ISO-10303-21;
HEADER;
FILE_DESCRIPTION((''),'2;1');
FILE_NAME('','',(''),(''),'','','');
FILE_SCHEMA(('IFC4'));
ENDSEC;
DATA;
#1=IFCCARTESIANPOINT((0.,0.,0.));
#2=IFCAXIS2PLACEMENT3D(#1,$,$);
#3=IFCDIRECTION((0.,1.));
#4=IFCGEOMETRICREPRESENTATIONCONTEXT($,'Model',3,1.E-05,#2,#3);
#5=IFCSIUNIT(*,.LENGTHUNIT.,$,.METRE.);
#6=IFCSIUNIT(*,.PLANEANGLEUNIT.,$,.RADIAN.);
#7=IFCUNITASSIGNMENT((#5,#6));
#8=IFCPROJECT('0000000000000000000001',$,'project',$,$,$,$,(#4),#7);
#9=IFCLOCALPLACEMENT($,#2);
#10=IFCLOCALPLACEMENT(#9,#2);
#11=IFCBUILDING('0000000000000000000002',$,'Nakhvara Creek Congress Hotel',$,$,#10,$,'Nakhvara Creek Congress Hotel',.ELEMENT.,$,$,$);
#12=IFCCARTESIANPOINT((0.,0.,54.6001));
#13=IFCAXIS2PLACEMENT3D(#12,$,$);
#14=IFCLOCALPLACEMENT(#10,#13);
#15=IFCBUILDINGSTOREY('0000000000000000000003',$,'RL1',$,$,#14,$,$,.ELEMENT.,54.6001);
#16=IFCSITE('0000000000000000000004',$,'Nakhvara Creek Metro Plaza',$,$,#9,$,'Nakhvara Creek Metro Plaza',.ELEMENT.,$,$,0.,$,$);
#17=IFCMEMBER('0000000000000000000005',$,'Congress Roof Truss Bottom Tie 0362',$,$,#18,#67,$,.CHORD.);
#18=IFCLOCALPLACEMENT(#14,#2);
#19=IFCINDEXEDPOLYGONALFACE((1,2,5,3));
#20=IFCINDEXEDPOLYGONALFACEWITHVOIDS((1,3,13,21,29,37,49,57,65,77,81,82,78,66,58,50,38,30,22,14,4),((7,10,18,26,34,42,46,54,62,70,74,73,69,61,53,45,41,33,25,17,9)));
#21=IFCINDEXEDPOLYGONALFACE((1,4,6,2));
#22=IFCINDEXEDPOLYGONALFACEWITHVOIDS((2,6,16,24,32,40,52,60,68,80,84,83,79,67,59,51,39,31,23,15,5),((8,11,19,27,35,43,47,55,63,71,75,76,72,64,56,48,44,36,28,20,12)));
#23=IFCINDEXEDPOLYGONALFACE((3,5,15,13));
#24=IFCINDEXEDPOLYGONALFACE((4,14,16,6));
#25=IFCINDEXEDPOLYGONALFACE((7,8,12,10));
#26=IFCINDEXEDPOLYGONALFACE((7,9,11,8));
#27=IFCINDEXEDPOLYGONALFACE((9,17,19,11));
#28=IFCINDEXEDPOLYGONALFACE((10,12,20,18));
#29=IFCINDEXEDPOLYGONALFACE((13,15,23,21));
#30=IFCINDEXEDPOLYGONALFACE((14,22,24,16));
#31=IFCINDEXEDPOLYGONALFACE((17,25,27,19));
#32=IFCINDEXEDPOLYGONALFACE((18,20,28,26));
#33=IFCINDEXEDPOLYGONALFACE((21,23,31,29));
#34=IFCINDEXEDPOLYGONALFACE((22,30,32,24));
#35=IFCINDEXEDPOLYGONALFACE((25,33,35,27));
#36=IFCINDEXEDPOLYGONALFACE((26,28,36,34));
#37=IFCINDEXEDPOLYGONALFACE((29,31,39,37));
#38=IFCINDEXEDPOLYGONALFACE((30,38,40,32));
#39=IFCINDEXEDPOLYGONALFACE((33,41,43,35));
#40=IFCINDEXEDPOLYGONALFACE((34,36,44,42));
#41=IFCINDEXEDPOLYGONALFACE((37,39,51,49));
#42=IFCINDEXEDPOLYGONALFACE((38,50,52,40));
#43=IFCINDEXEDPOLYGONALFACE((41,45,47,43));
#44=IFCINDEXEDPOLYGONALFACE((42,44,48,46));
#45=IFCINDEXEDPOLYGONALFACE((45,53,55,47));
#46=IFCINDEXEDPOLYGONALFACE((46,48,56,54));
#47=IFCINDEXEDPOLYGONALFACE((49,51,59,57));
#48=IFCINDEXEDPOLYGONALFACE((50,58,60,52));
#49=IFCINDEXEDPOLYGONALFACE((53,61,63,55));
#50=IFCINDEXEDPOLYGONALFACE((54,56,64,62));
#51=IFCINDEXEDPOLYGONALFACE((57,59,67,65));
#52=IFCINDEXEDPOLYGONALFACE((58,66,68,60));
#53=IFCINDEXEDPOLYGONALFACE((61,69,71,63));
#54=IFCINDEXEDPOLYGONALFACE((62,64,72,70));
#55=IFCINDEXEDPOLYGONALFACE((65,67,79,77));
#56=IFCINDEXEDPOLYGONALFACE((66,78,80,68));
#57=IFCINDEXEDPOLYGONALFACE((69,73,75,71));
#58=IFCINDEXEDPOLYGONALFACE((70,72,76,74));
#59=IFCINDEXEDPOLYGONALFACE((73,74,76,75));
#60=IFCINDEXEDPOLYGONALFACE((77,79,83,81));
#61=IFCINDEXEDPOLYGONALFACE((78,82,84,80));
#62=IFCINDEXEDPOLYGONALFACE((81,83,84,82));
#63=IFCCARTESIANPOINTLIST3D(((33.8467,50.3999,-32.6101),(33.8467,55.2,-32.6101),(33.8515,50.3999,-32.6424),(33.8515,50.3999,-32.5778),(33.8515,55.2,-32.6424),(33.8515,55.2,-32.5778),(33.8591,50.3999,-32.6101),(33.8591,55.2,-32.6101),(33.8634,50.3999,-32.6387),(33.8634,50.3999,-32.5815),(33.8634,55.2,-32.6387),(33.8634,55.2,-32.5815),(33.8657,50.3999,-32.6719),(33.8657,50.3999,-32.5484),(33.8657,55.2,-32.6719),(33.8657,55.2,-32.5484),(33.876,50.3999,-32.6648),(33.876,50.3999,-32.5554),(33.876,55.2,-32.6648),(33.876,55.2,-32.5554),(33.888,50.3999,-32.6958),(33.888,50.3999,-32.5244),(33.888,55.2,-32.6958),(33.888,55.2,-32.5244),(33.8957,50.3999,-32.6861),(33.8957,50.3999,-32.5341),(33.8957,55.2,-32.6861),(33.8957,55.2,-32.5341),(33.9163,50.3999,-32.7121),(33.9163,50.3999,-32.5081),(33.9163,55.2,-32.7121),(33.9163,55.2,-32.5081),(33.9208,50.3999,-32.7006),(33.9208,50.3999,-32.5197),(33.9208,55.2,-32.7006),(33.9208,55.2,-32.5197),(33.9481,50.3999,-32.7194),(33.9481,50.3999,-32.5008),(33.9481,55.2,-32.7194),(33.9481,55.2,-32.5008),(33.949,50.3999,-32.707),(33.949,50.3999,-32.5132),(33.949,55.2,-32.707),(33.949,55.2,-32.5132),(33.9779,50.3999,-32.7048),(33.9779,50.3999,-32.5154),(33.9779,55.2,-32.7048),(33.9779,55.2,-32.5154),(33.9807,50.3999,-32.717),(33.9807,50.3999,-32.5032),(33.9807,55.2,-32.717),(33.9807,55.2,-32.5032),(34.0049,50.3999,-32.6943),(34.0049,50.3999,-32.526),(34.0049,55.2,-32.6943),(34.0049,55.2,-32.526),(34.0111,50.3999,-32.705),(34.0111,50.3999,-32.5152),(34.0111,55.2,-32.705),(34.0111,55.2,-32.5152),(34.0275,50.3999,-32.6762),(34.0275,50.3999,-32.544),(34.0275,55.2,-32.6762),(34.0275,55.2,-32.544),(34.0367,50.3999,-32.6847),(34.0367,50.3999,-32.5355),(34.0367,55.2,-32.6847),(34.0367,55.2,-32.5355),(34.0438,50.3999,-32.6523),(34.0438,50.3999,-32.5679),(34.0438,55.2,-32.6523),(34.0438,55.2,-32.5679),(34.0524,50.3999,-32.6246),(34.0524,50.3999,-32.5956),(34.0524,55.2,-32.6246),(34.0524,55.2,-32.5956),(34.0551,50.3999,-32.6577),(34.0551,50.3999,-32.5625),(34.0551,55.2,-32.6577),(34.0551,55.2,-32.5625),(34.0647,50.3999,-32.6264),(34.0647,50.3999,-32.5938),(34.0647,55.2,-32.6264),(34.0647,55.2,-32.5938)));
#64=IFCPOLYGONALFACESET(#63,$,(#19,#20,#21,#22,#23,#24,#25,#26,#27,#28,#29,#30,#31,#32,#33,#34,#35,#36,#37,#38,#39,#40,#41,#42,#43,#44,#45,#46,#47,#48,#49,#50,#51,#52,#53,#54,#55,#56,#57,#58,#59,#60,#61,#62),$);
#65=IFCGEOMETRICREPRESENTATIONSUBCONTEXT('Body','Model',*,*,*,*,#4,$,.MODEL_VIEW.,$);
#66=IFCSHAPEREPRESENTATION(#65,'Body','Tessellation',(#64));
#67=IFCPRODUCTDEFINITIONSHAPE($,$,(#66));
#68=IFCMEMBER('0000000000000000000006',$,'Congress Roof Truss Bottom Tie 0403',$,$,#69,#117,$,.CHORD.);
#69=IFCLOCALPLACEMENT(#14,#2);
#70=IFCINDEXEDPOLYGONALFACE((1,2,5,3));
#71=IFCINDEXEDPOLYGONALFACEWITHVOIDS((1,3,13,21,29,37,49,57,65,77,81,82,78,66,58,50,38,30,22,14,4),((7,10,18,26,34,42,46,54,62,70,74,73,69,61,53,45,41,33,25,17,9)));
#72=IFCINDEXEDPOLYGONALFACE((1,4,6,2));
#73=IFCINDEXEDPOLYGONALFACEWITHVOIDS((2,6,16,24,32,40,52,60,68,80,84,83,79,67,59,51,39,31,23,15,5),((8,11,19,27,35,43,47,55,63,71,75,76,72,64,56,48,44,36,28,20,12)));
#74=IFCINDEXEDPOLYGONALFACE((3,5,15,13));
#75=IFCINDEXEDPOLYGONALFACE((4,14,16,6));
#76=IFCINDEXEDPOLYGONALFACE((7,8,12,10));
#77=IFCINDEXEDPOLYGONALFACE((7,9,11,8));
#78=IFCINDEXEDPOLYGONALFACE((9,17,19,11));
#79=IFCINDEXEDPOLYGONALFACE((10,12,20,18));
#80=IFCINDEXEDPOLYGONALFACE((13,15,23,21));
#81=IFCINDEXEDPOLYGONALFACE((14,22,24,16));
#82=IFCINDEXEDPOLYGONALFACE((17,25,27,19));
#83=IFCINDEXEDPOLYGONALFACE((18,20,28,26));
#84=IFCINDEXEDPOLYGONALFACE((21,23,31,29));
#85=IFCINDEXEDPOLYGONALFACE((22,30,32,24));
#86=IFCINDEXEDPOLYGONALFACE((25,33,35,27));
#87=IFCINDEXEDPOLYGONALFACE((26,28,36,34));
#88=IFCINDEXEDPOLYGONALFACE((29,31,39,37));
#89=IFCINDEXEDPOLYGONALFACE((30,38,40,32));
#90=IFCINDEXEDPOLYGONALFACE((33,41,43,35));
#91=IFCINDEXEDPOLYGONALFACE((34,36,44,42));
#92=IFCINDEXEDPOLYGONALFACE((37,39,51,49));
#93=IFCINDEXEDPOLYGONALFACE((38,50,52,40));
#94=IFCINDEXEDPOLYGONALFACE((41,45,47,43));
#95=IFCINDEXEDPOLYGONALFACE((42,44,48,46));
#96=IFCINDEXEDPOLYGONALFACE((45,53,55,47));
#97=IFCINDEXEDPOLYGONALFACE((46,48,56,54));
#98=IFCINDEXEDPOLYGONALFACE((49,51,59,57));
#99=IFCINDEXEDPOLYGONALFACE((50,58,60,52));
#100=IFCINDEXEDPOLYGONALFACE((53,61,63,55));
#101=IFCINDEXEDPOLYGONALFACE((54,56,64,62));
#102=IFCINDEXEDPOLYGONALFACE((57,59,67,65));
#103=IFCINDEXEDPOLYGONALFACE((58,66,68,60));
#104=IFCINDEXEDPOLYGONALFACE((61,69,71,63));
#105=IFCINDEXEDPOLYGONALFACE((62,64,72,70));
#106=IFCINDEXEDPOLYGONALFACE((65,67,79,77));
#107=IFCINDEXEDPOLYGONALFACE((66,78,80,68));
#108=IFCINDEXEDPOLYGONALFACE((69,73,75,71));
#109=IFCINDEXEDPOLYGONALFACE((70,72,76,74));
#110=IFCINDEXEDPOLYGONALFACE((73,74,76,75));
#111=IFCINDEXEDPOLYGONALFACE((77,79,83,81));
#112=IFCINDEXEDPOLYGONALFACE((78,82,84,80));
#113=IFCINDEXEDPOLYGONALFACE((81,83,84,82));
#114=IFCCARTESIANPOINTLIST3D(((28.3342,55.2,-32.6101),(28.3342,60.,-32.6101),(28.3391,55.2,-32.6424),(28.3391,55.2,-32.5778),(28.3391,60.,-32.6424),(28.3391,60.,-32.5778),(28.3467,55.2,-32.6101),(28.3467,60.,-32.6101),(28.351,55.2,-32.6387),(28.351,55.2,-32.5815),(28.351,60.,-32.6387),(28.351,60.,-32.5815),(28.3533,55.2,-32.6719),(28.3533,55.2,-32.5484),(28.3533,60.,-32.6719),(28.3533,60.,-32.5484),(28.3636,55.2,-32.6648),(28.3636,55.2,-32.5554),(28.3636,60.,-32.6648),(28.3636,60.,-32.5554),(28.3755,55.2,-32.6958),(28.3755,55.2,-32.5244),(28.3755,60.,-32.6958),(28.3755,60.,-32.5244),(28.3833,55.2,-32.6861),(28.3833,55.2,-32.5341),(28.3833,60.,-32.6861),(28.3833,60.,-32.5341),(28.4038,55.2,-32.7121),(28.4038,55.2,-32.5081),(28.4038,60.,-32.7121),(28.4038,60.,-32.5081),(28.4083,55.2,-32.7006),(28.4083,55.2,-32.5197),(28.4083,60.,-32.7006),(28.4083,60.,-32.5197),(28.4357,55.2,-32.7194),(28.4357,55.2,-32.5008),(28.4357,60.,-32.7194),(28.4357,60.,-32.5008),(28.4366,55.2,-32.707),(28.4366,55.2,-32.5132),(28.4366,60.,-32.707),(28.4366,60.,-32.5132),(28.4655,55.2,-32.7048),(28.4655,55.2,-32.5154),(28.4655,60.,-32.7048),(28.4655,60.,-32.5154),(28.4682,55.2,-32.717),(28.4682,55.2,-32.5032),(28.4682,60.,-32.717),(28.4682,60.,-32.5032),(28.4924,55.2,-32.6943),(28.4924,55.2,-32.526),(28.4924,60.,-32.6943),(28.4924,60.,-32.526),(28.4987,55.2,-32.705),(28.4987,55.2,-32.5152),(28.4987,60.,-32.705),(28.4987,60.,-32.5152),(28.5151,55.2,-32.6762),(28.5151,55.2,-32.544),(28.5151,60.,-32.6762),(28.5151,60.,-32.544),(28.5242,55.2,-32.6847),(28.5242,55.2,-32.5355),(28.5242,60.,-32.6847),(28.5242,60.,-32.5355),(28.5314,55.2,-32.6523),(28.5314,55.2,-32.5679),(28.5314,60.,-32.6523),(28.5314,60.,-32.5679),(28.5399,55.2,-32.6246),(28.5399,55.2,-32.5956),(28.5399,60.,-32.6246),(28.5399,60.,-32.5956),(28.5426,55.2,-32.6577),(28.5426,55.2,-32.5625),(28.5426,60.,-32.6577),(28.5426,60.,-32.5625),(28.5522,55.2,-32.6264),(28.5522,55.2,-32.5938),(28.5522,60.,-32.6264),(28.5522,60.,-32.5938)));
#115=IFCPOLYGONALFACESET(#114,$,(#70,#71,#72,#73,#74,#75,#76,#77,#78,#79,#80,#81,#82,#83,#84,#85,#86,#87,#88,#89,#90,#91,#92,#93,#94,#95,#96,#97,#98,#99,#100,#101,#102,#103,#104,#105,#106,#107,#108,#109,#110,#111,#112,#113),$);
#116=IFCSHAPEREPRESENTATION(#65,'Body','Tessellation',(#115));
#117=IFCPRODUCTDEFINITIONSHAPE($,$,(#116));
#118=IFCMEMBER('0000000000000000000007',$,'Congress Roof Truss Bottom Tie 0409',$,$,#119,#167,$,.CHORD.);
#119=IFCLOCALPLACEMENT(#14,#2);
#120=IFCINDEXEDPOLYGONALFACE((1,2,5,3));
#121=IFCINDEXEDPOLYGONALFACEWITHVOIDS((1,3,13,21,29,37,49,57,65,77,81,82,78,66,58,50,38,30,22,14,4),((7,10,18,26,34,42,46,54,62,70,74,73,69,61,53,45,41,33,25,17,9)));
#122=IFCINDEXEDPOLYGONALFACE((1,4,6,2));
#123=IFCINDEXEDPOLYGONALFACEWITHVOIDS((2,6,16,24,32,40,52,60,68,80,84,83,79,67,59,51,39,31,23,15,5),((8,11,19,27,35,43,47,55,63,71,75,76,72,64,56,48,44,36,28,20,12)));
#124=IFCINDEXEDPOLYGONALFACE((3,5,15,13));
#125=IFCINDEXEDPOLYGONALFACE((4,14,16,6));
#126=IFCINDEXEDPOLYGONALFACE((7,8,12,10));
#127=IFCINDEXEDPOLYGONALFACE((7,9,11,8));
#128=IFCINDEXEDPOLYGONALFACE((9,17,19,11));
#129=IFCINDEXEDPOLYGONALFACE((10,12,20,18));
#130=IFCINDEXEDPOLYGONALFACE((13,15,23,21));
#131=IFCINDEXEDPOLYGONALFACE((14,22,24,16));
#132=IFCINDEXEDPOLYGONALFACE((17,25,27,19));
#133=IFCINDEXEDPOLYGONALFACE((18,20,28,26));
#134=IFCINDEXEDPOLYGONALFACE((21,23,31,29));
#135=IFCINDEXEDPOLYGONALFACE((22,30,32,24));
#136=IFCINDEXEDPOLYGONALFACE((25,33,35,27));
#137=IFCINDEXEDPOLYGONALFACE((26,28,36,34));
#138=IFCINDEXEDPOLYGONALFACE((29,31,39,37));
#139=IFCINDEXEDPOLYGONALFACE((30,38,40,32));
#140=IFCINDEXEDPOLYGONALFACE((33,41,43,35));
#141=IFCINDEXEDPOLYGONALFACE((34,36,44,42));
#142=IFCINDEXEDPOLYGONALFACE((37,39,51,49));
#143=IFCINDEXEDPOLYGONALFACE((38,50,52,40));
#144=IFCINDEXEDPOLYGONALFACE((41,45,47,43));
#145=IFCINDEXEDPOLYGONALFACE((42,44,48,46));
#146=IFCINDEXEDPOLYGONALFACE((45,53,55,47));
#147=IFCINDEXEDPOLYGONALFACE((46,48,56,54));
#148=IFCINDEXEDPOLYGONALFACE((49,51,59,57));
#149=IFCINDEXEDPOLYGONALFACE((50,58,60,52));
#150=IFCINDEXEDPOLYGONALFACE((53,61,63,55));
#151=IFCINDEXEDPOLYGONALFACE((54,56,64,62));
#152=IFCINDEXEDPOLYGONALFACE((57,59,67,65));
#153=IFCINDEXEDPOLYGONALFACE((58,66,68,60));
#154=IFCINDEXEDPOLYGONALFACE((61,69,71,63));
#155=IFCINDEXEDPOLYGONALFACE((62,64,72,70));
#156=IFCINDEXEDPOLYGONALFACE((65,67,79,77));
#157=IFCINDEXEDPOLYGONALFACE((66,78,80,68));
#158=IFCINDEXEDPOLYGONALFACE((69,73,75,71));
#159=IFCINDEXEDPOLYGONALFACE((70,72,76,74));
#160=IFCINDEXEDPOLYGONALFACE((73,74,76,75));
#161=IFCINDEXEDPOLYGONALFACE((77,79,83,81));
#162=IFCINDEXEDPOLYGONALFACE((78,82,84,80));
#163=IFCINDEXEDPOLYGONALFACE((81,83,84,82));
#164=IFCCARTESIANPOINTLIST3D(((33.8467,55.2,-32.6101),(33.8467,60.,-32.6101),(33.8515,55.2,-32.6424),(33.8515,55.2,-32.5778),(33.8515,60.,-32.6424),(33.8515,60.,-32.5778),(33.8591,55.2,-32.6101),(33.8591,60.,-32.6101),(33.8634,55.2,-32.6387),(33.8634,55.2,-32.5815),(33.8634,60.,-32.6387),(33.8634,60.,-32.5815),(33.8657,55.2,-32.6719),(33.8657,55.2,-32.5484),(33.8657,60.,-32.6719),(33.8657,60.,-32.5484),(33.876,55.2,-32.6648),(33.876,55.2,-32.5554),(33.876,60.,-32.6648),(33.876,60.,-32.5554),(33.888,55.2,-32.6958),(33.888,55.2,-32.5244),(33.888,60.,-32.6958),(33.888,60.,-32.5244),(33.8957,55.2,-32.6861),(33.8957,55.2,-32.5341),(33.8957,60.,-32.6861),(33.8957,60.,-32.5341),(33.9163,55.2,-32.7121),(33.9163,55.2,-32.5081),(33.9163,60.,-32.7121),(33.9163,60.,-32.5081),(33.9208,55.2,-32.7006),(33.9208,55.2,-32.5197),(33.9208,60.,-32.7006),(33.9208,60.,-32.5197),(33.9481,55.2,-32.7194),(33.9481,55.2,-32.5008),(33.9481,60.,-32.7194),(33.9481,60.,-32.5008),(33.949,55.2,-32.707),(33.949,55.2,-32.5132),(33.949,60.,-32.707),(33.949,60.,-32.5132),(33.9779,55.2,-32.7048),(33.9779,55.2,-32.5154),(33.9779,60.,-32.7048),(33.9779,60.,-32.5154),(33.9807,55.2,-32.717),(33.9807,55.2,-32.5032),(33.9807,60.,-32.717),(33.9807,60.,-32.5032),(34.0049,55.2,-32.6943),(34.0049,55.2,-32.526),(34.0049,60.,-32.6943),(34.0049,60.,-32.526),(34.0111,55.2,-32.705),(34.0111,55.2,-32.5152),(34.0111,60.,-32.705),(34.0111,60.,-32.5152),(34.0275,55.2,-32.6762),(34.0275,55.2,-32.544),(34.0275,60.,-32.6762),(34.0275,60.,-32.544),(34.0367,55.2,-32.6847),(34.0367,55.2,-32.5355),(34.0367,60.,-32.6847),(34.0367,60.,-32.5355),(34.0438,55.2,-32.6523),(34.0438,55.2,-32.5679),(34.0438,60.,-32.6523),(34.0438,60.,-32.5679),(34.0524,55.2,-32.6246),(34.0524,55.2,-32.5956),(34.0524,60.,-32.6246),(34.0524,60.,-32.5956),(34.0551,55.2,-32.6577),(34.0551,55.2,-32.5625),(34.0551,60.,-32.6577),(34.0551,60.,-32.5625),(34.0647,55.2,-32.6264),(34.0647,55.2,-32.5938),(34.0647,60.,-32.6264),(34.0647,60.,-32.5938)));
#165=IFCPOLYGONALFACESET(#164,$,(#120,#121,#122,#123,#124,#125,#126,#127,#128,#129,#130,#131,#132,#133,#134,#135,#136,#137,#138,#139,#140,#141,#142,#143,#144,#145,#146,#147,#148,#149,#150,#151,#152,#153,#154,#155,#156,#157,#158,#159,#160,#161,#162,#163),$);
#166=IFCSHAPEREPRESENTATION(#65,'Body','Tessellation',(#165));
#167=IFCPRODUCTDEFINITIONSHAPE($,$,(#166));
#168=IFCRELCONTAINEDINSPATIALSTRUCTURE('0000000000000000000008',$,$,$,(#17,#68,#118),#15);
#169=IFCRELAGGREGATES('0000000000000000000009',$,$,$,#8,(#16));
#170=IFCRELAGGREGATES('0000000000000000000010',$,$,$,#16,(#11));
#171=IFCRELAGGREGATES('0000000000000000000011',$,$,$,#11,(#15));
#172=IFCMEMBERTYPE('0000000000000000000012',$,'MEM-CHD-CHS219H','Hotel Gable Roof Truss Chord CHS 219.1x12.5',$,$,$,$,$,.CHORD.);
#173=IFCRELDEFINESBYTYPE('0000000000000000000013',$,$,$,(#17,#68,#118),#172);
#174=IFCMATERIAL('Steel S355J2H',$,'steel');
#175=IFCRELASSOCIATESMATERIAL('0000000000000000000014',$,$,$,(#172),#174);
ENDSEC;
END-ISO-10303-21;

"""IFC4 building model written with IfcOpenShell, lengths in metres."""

from ifc_helpers import new_model, si_unit, direction, frame, origin, origin_2d, place, context, subcontext, project, spatial, hollow_circle, extrude, material, material_profile, profile_set, type_object, element, save


model = new_model("IFC4")

# Units and contexts
model_context = context("Model", 3, precision=1e-05, world=origin(), true_north=direction((0.0, 1.0)))
body_context = subcontext(model_context, "Body", "Model", "MODEL_VIEW")
ifc_project = project(units=[si_unit("LENGTHUNIT", "METRE"), si_unit("PLANEANGLEUNIT", "RADIAN")], contexts=[model_context])

# Site, building, storey
site_placement = place(None, origin())
site = spatial("IfcSite", under=ifc_project, at=site_placement, Name="Nakhvara Creek Metro Plaza", LongName="Nakhvara Creek Metro Plaza", CompositionType="ELEMENT", RefElevation=0.0)
building_placement = place(site_placement, origin())
building = spatial("IfcBuilding", under=site, at=building_placement, Name="Nakhvara Creek Congress Hotel", LongName="Nakhvara Creek Congress Hotel", CompositionType="ELEMENT")
storey_placement = place(building_placement, frame((0.0, 0.0, 54.6001)))
storey = spatial("IfcBuildingStorey", under=building, at=storey_placement, Name="RL1", CompositionType="ELEMENT", Elevation=54.6001)

# Members
ifc_material_1 = material(Name="Steel S355J2H", Category="steel")
ifc_material_profile_1 = material_profile(ifc_material_1, hollow_circle(Radius=0.1096, WallThickness=0.0125, at=origin_2d()), Name="CHS 219.1x12.5", Category="LoadBearing")
ifc_profile_set_1 = profile_set([ifc_material_profile_1], Name="Steel S355J2H")
member_type_1 = type_object("IfcMemberType", Name="MEM-CHD-CHS219H", Description="Hotel Gable Roof Truss Chord CHS 219.1x12.5", PredefinedType="CHORD", material=ifc_profile_set_1)
for number, where, z_axis, x_axis, name in (
    (1, (33.9563, 50.3999, -32.6101), (0.0, 1.0, 0.0), (-1.0, 0.0, 0.0), "Congress Roof Truss Bottom Tie 0362"),
    (2, (28.4438, 55.2, -32.6101), (0.0, 1.0, 0.0), (-1.0, 0.0, 0.0), "Congress Roof Truss Bottom Tie 0403"),
    (3, (33.9563, 55.2, -32.6101), (0.0, 1.0, 0.0), (-1.0, 0.0, 0.0), "Congress Roof Truss Bottom Tie 0409"),
):
    element("IfcMember", number, at=place(storey_placement, frame(where, z_axis=z_axis, x_axis=x_axis)), inside=storey, type_object=member_type_1, Name=name, PredefinedType="CHORD", context=body_context, shape_type="SweptSolid", body=[
        extrude(hollow_circle(Radius=0.1096, WallThickness=0.0125, at=origin_2d()), origin(), (0.0, 0.0, 1.0), 4.8),
    ])

save(model, "model.ifc")
